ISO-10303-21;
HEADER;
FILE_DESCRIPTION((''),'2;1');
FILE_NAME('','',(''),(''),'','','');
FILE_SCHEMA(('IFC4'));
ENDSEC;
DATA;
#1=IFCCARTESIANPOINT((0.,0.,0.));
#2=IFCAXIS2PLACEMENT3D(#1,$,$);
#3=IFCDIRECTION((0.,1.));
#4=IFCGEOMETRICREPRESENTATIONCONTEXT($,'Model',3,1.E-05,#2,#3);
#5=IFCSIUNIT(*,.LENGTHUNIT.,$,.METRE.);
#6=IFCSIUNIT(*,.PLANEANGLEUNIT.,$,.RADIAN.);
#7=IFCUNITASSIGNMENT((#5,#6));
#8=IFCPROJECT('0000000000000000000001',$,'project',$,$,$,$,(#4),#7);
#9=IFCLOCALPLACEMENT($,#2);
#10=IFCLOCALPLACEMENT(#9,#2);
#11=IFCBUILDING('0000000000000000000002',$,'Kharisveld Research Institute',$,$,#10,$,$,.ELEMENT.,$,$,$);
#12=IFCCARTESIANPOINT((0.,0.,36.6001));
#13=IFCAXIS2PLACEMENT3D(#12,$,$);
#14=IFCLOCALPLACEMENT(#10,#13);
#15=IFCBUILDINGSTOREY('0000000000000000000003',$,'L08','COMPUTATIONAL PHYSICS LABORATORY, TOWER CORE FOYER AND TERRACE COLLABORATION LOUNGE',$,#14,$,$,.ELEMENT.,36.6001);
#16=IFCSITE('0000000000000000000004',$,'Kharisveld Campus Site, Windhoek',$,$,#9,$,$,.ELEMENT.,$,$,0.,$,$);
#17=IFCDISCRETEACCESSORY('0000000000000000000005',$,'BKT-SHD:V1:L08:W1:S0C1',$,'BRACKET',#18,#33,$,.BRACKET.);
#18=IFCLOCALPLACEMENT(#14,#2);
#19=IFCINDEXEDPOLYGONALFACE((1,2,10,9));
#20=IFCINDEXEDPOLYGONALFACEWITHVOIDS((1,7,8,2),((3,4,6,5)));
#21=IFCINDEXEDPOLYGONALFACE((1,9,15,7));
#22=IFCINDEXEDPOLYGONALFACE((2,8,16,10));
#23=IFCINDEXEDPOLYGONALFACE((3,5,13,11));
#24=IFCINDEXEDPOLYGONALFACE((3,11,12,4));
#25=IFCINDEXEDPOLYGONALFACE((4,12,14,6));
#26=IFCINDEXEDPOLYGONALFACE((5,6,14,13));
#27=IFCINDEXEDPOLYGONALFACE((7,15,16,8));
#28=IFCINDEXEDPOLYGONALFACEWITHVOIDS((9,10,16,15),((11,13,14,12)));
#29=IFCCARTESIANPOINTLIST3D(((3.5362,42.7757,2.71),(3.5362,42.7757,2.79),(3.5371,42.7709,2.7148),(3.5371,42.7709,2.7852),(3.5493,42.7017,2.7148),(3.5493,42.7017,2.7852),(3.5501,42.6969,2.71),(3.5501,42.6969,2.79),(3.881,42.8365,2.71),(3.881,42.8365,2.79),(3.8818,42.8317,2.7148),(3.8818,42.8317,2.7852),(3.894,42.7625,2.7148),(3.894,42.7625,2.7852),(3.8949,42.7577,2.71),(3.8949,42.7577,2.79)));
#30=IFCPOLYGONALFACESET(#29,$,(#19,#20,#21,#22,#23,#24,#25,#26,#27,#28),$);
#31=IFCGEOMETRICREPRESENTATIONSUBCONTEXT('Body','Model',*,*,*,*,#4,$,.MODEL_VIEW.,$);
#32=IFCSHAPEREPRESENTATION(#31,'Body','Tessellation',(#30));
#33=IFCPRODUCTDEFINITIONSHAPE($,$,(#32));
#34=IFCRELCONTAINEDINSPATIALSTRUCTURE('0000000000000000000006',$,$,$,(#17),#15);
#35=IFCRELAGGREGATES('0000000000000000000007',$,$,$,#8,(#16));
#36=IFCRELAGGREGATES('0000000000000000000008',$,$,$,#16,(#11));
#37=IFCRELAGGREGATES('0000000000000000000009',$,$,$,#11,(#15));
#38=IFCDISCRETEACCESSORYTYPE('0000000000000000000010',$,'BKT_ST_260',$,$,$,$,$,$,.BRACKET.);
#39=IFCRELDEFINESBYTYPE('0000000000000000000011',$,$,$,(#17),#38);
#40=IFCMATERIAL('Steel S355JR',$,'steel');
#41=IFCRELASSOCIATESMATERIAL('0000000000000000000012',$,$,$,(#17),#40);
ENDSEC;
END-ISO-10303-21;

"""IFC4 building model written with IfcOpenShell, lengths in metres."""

from ifc_helpers import new_model, si_unit, direction, frame, origin, origin_2d, place, context, subcontext, project, spatial, hollow_rectangle, extrude, material, type_object, element, save


model = new_model("IFC4")

# Units and contexts
model_context = context("Model", 3, precision=1e-05, world=origin(), true_north=direction((0.0, 1.0)))
body_context = subcontext(model_context, "Body", "Model", "MODEL_VIEW")
ifc_project = project(units=[si_unit("LENGTHUNIT", "METRE"), si_unit("PLANEANGLEUNIT", "RADIAN")], contexts=[model_context])

# Site, building, storey
site_placement = place(None, origin())
site = spatial("IfcSite", under=ifc_project, at=site_placement, Name="Kharisveld Campus Site, Windhoek", CompositionType="ELEMENT", RefElevation=0.0)
building_placement = place(site_placement, origin())
building = spatial("IfcBuilding", under=site, at=building_placement, Name="Kharisveld Research Institute", CompositionType="ELEMENT")
storey_placement = place(building_placement, frame((0.0, 0.0, 36.6001)))
storey = spatial("IfcBuildingStorey", under=building, at=storey_placement, Name="L08", Description="COMPUTATIONAL PHYSICS LABORATORY, TOWER CORE FOYER AND TERRACE COLLABORATION LOUNGE", CompositionType="ELEMENT", Elevation=36.6001)

# Discrete accessory
ifc_material_1 = material(Name="Steel S355JR", Category="steel")
discrete_accessory_type = type_object("IfcDiscreteAccessoryType", Name="BKT_ST_260", PredefinedType="BRACKET")
for number, where, z_axis, x_axis, name in (
    (1, (3.8879, 42.7971, 2.75), (-0.984805, -0.173666, 0.0), (0.173666, -0.984805, 0.0), "BKT-SHD:V1:L08:W1:S0C1"),
):
    element("IfcDiscreteAccessory", number, at=place(storey_placement, frame(where, z_axis=z_axis, x_axis=x_axis)), inside=storey, type_object=discrete_accessory_type, material=ifc_material_1, Name=name, ObjectType="BRACKET", PredefinedType="BRACKET", context=body_context, shape_type="SweptSolid", body=[
        extrude(hollow_rectangle(XDim=0.0801, YDim=0.0801, WallThickness=0.0049, at=origin_2d()), origin(), (0.0, 0.0, 1.0), 0.3501),
    ])

save(model, "model.ifc")
